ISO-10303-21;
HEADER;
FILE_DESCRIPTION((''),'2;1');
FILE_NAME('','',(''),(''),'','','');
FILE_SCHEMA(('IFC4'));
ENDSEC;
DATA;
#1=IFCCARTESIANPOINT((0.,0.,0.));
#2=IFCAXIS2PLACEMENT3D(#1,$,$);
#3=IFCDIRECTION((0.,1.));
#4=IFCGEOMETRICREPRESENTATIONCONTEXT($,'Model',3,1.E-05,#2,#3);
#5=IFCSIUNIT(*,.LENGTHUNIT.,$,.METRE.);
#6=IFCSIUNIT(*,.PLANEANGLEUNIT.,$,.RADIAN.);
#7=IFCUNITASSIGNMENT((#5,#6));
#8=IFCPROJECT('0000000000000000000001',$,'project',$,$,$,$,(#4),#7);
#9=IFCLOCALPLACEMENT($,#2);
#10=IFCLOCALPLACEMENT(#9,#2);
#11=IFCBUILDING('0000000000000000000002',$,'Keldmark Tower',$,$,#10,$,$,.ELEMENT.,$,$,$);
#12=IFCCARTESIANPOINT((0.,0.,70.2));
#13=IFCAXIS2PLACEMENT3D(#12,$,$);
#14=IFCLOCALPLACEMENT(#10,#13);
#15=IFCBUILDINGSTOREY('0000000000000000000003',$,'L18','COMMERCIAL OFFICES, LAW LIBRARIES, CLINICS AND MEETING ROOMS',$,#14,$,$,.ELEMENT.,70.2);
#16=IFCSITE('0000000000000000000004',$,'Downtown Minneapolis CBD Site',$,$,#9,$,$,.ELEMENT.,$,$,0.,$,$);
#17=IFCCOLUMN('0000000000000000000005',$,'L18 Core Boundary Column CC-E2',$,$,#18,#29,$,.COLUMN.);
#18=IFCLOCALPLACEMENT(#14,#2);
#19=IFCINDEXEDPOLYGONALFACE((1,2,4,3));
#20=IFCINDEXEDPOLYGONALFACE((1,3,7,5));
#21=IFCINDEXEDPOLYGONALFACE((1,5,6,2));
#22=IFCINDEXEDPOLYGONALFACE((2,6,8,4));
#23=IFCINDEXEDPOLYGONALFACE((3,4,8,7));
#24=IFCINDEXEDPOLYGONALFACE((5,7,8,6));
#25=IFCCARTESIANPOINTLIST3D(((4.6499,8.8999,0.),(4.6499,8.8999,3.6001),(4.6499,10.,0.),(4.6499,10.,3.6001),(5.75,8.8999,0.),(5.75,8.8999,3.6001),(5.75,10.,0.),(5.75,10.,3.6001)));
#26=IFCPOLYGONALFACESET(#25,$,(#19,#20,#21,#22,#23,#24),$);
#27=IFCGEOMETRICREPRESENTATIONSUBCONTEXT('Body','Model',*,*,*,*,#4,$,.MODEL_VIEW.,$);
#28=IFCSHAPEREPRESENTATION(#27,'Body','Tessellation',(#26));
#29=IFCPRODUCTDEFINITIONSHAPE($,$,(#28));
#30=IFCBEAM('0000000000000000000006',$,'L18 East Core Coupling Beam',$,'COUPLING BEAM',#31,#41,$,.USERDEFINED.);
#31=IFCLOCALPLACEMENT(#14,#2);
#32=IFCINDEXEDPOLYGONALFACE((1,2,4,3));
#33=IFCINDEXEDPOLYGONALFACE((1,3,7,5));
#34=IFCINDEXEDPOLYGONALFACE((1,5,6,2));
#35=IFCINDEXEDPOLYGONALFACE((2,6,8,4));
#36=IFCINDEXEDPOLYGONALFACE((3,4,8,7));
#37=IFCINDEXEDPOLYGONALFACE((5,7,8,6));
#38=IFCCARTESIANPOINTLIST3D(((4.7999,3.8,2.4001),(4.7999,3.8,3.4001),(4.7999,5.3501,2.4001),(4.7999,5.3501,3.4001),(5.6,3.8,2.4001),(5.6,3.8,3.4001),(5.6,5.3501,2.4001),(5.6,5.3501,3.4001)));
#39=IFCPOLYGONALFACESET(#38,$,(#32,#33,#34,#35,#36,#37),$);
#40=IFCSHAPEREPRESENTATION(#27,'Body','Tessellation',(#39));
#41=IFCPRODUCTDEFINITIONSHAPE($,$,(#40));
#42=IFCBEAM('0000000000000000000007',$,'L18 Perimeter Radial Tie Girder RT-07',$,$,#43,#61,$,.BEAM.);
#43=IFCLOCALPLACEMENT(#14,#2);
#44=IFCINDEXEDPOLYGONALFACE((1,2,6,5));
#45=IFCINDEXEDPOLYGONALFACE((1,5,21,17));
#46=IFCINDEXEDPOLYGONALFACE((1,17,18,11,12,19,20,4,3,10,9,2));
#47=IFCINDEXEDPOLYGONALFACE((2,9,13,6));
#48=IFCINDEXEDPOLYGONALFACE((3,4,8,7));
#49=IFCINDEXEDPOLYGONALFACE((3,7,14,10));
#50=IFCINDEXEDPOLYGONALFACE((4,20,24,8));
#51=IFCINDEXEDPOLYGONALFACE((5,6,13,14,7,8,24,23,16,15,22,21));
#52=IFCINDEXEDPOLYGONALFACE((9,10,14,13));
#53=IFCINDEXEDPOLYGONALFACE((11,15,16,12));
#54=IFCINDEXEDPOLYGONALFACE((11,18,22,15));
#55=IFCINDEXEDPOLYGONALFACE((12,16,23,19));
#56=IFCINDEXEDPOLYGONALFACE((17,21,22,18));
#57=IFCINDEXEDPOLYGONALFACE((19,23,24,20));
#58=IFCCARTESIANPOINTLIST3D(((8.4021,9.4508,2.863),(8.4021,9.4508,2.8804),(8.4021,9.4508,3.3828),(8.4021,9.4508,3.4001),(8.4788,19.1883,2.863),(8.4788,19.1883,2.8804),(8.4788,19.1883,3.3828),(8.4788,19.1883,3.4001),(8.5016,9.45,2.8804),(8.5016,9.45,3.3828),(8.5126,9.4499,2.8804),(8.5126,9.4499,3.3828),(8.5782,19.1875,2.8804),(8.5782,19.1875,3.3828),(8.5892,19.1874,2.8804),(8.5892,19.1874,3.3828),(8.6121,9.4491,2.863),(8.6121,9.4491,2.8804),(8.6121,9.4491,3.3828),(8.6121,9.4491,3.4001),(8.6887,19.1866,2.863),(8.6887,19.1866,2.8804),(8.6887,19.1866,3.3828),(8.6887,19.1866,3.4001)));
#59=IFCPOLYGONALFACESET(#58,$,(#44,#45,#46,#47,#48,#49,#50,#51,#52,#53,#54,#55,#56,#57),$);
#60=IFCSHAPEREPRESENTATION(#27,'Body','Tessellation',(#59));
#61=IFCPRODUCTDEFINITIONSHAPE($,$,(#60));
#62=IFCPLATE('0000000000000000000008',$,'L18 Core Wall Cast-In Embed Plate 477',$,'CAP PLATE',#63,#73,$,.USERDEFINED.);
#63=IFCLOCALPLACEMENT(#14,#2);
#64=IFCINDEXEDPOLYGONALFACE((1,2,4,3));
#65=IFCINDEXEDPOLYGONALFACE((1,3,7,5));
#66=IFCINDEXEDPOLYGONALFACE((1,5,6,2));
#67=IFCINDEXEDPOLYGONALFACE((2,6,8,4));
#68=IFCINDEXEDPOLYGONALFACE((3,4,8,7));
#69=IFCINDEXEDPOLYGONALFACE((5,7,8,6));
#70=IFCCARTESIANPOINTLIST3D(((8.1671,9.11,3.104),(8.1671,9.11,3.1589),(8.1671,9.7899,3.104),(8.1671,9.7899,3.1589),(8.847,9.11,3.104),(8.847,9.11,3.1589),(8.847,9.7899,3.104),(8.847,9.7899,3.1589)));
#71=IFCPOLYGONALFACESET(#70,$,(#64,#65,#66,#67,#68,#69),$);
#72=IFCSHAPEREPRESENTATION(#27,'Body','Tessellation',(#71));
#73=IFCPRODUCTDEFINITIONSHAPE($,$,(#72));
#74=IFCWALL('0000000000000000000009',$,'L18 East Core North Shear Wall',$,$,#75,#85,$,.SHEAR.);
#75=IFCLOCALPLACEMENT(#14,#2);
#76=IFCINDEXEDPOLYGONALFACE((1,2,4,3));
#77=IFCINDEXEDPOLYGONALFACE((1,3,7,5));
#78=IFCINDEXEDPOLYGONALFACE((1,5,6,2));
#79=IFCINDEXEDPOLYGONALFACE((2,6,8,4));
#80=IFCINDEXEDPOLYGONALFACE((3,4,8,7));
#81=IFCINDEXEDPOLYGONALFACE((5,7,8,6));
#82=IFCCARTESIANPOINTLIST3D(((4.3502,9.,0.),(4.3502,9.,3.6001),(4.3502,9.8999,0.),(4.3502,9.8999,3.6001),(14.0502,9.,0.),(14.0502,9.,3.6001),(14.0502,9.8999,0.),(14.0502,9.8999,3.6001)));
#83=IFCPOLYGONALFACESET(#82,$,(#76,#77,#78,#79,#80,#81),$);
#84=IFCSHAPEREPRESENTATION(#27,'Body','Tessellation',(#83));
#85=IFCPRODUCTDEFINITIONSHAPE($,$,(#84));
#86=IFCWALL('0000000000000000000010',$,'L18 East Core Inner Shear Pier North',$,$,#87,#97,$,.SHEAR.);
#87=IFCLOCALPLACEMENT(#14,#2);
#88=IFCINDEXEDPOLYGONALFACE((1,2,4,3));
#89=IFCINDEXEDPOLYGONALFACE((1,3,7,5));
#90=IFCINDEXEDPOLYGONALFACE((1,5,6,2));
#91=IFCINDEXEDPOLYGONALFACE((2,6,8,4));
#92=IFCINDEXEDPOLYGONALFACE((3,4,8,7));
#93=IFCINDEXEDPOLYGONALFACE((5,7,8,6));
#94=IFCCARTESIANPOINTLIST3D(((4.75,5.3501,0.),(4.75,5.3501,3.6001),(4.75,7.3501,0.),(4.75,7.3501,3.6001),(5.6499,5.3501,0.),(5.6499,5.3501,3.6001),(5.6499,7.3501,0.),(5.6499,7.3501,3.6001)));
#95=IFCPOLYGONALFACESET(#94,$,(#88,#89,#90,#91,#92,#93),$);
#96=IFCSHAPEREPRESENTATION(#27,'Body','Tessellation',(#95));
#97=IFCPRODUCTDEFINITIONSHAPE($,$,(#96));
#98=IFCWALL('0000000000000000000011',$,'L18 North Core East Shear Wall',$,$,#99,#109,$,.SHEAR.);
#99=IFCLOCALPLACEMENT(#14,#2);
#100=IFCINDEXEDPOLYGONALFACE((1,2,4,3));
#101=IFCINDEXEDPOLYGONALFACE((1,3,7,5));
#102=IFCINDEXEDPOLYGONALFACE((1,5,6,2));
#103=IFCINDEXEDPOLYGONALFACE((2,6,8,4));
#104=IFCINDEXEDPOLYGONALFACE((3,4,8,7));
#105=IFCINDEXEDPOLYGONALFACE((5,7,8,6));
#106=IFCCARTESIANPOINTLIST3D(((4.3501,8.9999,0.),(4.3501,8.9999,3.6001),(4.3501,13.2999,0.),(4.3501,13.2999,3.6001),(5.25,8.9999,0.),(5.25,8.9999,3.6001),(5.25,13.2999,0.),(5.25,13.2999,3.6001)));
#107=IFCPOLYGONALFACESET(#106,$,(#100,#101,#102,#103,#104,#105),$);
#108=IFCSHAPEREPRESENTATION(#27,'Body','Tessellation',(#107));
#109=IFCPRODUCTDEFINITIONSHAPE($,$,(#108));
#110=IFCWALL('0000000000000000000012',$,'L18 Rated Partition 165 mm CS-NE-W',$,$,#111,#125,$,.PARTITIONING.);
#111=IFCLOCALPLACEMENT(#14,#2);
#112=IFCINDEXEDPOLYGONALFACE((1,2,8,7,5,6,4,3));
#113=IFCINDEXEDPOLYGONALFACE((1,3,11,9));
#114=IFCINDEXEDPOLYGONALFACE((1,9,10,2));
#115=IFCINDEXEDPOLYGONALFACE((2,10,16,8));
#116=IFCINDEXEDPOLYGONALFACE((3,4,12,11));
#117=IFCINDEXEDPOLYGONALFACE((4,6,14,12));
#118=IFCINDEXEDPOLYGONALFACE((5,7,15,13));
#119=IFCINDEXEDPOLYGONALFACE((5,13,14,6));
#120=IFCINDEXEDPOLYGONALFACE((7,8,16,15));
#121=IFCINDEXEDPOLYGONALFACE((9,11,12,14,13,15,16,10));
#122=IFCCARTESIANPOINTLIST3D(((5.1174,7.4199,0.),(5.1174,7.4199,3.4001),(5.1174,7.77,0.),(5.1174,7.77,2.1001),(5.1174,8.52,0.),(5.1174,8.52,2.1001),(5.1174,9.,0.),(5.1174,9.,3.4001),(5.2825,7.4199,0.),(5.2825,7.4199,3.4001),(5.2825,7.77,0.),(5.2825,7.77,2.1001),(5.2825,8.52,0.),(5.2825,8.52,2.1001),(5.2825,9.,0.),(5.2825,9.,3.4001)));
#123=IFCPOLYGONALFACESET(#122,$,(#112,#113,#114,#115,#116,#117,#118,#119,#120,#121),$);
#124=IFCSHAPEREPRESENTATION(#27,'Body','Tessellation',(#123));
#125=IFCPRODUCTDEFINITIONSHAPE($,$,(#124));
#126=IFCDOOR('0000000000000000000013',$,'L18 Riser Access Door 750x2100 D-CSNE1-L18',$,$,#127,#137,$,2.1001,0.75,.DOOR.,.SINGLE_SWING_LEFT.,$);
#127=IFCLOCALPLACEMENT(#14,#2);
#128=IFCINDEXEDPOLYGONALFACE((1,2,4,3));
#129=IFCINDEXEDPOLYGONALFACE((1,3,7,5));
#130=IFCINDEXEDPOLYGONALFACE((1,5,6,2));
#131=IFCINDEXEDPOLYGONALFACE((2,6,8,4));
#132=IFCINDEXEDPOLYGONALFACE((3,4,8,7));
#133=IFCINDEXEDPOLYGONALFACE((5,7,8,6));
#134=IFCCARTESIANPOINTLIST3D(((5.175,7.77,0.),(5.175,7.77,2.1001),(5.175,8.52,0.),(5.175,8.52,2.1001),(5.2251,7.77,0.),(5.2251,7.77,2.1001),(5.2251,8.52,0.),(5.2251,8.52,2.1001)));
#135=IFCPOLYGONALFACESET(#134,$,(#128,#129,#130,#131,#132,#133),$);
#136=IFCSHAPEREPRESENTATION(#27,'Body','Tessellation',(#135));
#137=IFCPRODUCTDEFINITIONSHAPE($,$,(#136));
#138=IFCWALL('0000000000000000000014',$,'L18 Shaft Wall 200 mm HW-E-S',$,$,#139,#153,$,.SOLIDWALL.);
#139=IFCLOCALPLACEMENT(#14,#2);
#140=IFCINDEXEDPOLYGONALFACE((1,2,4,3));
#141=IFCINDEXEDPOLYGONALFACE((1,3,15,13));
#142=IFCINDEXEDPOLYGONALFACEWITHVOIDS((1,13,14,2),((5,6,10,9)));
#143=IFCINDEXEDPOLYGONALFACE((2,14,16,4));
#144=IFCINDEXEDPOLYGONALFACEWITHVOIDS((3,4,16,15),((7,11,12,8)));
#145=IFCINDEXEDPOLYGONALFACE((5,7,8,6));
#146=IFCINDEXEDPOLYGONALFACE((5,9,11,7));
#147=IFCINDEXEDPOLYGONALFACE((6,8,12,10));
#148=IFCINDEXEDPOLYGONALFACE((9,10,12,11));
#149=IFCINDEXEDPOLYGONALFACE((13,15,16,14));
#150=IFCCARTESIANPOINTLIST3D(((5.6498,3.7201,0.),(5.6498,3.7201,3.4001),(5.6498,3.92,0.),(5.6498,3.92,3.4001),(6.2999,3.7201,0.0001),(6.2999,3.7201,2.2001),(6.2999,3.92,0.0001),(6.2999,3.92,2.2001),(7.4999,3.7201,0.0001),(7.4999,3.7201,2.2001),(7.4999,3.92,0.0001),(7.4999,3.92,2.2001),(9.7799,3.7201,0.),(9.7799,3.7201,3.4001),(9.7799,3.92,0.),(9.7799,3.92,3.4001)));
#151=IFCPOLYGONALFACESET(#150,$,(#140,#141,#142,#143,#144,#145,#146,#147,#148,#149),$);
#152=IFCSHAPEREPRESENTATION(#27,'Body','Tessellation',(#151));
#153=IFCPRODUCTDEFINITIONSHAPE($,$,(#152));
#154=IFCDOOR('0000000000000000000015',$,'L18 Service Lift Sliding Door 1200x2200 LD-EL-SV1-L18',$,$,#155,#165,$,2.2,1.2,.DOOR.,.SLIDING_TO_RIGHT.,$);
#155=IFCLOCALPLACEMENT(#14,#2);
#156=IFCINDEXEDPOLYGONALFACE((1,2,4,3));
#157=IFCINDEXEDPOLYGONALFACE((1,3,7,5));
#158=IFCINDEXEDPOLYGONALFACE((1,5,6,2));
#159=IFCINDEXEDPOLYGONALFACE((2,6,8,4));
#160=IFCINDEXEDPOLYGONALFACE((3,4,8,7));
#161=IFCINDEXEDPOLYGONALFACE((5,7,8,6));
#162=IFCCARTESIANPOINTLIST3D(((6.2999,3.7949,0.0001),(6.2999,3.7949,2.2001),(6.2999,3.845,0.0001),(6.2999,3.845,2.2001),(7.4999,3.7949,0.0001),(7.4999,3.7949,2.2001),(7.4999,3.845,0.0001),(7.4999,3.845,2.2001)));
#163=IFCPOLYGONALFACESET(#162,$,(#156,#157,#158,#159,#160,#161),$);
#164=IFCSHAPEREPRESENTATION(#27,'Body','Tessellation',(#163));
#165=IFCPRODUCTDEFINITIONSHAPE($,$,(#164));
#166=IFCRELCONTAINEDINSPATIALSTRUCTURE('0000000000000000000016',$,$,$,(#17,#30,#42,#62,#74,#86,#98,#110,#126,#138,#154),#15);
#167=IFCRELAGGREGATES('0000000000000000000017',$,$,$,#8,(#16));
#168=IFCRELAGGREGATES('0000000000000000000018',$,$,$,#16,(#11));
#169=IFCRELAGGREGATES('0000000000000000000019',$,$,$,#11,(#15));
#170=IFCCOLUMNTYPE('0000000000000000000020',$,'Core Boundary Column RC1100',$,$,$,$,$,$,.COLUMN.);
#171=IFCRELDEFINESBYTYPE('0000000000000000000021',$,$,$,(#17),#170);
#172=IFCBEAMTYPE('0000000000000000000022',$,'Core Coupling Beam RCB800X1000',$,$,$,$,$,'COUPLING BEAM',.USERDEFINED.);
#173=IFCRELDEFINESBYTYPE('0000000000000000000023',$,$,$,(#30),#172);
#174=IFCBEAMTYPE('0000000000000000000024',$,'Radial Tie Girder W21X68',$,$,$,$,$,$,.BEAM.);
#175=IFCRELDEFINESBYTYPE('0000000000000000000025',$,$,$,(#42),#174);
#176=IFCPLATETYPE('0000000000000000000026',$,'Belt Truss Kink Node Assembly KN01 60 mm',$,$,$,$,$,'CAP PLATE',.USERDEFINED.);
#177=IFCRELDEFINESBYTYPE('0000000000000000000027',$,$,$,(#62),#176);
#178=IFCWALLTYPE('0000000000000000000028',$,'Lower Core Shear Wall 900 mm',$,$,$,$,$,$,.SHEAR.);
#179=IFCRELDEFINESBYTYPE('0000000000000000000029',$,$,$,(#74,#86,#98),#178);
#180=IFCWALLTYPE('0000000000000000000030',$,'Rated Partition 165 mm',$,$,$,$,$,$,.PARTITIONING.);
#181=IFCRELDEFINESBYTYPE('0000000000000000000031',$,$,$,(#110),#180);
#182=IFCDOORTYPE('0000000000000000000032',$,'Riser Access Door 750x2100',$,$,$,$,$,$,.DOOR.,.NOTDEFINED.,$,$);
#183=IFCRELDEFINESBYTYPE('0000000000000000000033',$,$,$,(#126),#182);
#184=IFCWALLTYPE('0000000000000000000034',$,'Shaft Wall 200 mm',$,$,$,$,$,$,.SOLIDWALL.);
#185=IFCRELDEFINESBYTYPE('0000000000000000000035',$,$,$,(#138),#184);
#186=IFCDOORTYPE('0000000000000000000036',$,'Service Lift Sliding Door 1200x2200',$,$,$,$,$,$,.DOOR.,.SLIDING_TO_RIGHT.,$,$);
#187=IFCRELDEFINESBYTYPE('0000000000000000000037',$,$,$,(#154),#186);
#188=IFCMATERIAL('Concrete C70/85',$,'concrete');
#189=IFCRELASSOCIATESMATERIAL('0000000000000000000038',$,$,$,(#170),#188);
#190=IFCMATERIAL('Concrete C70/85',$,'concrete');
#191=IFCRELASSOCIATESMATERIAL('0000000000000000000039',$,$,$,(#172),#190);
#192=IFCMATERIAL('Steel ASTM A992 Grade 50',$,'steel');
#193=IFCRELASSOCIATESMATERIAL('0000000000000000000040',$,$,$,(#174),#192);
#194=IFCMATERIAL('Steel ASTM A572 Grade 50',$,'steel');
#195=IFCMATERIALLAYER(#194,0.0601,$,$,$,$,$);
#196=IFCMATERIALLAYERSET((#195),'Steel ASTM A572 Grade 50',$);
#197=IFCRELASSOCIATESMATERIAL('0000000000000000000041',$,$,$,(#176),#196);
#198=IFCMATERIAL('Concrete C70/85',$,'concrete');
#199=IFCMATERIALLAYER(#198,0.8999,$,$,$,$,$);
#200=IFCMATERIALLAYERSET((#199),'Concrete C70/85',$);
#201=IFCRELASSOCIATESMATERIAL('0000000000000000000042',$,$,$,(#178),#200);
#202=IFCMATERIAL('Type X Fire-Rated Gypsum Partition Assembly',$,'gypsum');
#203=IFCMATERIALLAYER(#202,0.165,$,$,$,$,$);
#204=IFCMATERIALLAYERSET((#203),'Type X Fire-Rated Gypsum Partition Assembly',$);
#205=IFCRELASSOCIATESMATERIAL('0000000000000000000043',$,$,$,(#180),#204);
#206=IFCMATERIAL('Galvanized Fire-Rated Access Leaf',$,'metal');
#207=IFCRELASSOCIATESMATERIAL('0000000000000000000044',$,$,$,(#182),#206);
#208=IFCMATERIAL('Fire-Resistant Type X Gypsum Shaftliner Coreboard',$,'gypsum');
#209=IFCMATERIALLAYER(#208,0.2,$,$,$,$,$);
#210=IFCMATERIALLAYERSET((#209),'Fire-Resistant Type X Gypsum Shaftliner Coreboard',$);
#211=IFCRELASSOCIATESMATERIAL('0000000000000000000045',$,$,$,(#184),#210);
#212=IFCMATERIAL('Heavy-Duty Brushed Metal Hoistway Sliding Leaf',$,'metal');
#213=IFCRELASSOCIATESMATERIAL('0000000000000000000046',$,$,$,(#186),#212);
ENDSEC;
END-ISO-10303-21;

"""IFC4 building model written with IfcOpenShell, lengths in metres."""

from ifc_helpers import new_model, si_unit, direction, frame, frame_2d, origin, origin_2d, place, context, subcontext, project, spatial, rectangle, i_section, extrude, material, layer, layer_set, material_profile, profile_set, type_object, element, fill, save


model = new_model("IFC4")

# Units and contexts
model_context = context("Model", 3, precision=1e-05, world=origin(), true_north=direction((0.0, 1.0)))
body_context = subcontext(model_context, "Body", "Model", "MODEL_VIEW")
ifc_project = project(units=[si_unit("LENGTHUNIT", "METRE"), si_unit("PLANEANGLEUNIT", "RADIAN")], contexts=[model_context])

# Site, building, storey
site_placement = place(None, origin())
site = spatial("IfcSite", under=ifc_project, at=site_placement, Name="Downtown Minneapolis CBD Site", CompositionType="ELEMENT", RefElevation=0.0)
building_placement = place(site_placement, origin())
building = spatial("IfcBuilding", under=site, at=building_placement, Name="Keldmark Tower", CompositionType="ELEMENT")
storey_placement = place(building_placement, frame((0.0, 0.0, 70.2)))
storey = spatial("IfcBuildingStorey", under=building, at=storey_placement, Name="L18", Description="COMMERCIAL OFFICES, LAW LIBRARIES, CLINICS AND MEETING ROOMS", CompositionType="ELEMENT", Elevation=70.2)

# Column
ifc_material_1 = material(Name="Concrete C70/85", Category="concrete")
ifc_material_profile_1 = material_profile(ifc_material_1, rectangle(XDim=1.1001, YDim=1.1001, at=origin_2d()), Name="RC1100X1100")
ifc_profile_set_1 = profile_set([ifc_material_profile_1], Name="Concrete C70/85")
column_type = type_object("IfcColumnType", Name="Core Boundary Column RC1100", PredefinedType="COLUMN", material=ifc_profile_set_1)
column_placement = place(storey_placement, frame((5.2, 9.45, 0.0), z_axis=(0.0, 0.0, 1.0), x_axis=(1.0, 0.0, 0.0)))
element("IfcColumn", 1, at=column_placement, inside=storey, type_object=column_type, Name="L18 Core Boundary Column CC-E2", PredefinedType="COLUMN", context=body_context, shape_type="SweptSolid", body=[
    extrude(rectangle(XDim=1.1001, YDim=1.1001, at=origin_2d()), origin(), (0.0, 0.0, 1.0), 3.6001),
])

# Beams
ifc_material_2 = material(Name="Concrete C70/85", Category="concrete")
ifc_material_profile_2 = material_profile(ifc_material_2, rectangle(XDim=0.8, YDim=1.0, at=origin_2d()), Name="RCB800X1000")
ifc_profile_set_2 = profile_set([ifc_material_profile_2], Name="Concrete C70/85")
beam_type_1 = type_object("IfcBeamType", Name="Core Coupling Beam RCB800X1000", ElementType="COUPLING BEAM", PredefinedType="USERDEFINED", material=ifc_profile_set_2)
beam_1_placement = place(storey_placement, frame((5.2, 3.8, 2.9001), z_axis=(0.0, 1.0, 0.0), x_axis=(-1.0, 0.0, 0.0)))
element("IfcBeam", 2, at=beam_1_placement, inside=storey, type_object=beam_type_1, Name="L18 East Core Coupling Beam", ObjectType="COUPLING BEAM", PredefinedType="USERDEFINED", context=body_context, shape_type="SweptSolid", body=[
    extrude(rectangle(XDim=0.8, YDim=1.0, at=origin_2d()), origin(), (0.0, 0.0, 1.0), 1.55),
])
ifc_material_3 = material(Name="Steel ASTM A992 Grade 50", Category="steel")
ifc_material_profile_3 = material_profile(ifc_material_3, i_section(OverallWidth=0.21, OverallDepth=0.5371, WebThickness=0.011, FlangeThickness=0.0173, at=origin_2d()), Name="W21X68")
ifc_profile_set_3 = profile_set([ifc_material_profile_3], Name="Steel ASTM A992 Grade 50")
beam_type_2 = type_object("IfcBeamType", Name="Radial Tie Girder W21X68", PredefinedType="BEAM", material=ifc_profile_set_3)
beam_2_placement = place(storey_placement, frame((8.5071, 9.45, 3.1316), z_axis=(0.007872, 0.999969, 0.0), x_axis=(-0.999969, 0.007872, 0.0)))
element("IfcBeam", 3, at=beam_2_placement, inside=storey, type_object=beam_type_2, Name="L18 Perimeter Radial Tie Girder RT-07", PredefinedType="BEAM", context=body_context, shape_type="SweptSolid", body=[
    extrude(i_section(OverallWidth=0.21, OverallDepth=0.5371, WebThickness=0.011, FlangeThickness=0.0173, at=origin_2d()), origin(), (0.0, 0.0, 1.0), 9.7378),
])

# Plate
ifc_material_4 = material(Name="Steel ASTM A572 Grade 50", Category="steel")
ifc_layer_1 = layer(ifc_material_4, 0.0601)
ifc_layer_set_1 = layer_set([ifc_layer_1], Name="Steel ASTM A572 Grade 50")
plate_type = type_object("IfcPlateType", Name="Belt Truss Kink Node Assembly KN01 60 mm", ElementType="CAP PLATE", PredefinedType="USERDEFINED", material=ifc_layer_set_1)
plate_placement = place(storey_placement, frame((8.5071, 9.45, 3.104), z_axis=(0.0, 0.0, 1.0), x_axis=(1.0, 0.0, 0.0)))
element("IfcPlate", 4, at=plate_placement, inside=storey, type_object=plate_type, Name="L18 Core Wall Cast-In Embed Plate 477", ObjectType="CAP PLATE", PredefinedType="USERDEFINED", context=body_context, shape_type="SweptSolid", body=[
    extrude(rectangle(XDim=0.6799, YDim=0.6799, at=origin_2d()), origin(), (0.0, 0.0, 1.0), 0.0549),
])

# Walls
ifc_material_5 = material(Name="Concrete C70/85", Category="concrete")
ifc_layer_2 = layer(ifc_material_5, 0.8999)
ifc_layer_set_2 = layer_set([ifc_layer_2], Name="Concrete C70/85")
wall_type_1 = type_object("IfcWallType", Name="Lower Core Shear Wall 900 mm", PredefinedType="SHEAR", material=ifc_layer_set_2)
wall_1_placement = place(storey_placement, frame((4.3501, 9.45, 0.0), z_axis=(0.0, 0.0, 1.0), x_axis=(1.0, 0.0, 0.0)))
element("IfcWall", 5, at=wall_1_placement, inside=storey, type_object=wall_type_1, Name="L18 East Core North Shear Wall", PredefinedType="SHEAR", context=body_context, shape_type="SweptSolid", body=[
    extrude(rectangle(XDim=9.7, YDim=0.8999, at=frame_2d((4.8501, 0.0))), origin(), (0.0, 0.0, 1.0), 3.6001),
])
wall_2_placement = place(storey_placement, frame((5.2, 5.3501, 0.0), z_axis=(0.0, 0.0, 1.0), x_axis=(0.0, 1.0, 0.0)))
element("IfcWall", 6, at=wall_2_placement, inside=storey, type_object=wall_type_1, Name="L18 East Core Inner Shear Pier North", PredefinedType="SHEAR", context=body_context, shape_type="SweptSolid", body=[
    extrude(rectangle(XDim=2.0, YDim=0.8999, at=frame_2d((1.0, 0.0))), origin(), (0.0, 0.0, 1.0), 3.6001),
])
wall_3_placement = place(storey_placement, frame((4.8, 9.0, 0.0), z_axis=(0.0, 0.0, 1.0), x_axis=(0.0, 1.0, 0.0)))
element("IfcWall", 7, at=wall_3_placement, inside=storey, type_object=wall_type_1, Name="L18 North Core East Shear Wall", PredefinedType="SHEAR", context=body_context, shape_type="SweptSolid", body=[
    extrude(rectangle(XDim=4.3, YDim=0.8999, at=frame_2d((2.1499, 0.0))), origin(), (0.0, 0.0, 1.0), 3.6001),
])

# Walls, openings, doors
ifc_material_6 = material(Name="Type X Fire-Rated Gypsum Partition Assembly", Category="gypsum")
ifc_layer_3 = layer(ifc_material_6, 0.165)
ifc_layer_set_3 = layer_set([ifc_layer_3], Name="Type X Fire-Rated Gypsum Partition Assembly")
wall_type_2 = type_object("IfcWallType", Name="Rated Partition 165 mm", PredefinedType="PARTITIONING", material=ifc_layer_set_3)
wall_4_placement = place(storey_placement, frame((5.2, 7.4199, 0.0), z_axis=(0.0, 0.0, 1.0), x_axis=(0.0, 1.0, 0.0)))
wall_4 = element("IfcWall", 8, at=wall_4_placement, inside=storey, type_object=wall_type_2, Name="L18 Rated Partition 165 mm CS-NE-W", PredefinedType="PARTITIONING", context=body_context, shape_type="SweptSolid", body=[
    extrude(rectangle(XDim=1.5801, YDim=0.165, at=frame_2d((0.79, 0.0))), origin(), (0.0, 0.0, 1.0), 3.4001),
])
opening_1_placement = place(wall_4_placement, frame((0.3501, 0.0, 0.0)))
opening_1 = element("IfcOpeningElement", 9, at=opening_1_placement, cuts=wall_4, PredefinedType="OPENING", context=body_context, shape_type="SweptSolid", body=[
    extrude(rectangle(XDim=0.75, YDim=2.1001, at=frame_2d((0.375, 1.05))), frame((0.0, 0.0925, 0.0), z_axis=(0.0, -1.0, 0.0), x_axis=(1.0, 0.0, 0.0)), (0.0, 0.0, 1.0), 0.1851),
])
ifc_material_7 = material(Name="Galvanized Fire-Rated Access Leaf", Category="metal")
door_type_1 = type_object("IfcDoorType", Name="Riser Access Door 750x2100", OperationType="NOTDEFINED", PredefinedType="DOOR", material=ifc_material_7)
door_1_placement = place(opening_1_placement, origin())
door_1 = element("IfcDoor", 10, at=door_1_placement, inside=storey, type_object=door_type_1, Name="L18 Riser Access Door 750x2100 D-CSNE1-L18", OperationType="SINGLE_SWING_LEFT", OverallHeight=2.1001, OverallWidth=0.75, PredefinedType="DOOR", context=body_context, shape_type="SweptSolid", body=[
    extrude(rectangle(XDim=0.75, YDim=2.1001, at=frame_2d((0.375, 1.05))), frame((0.0, 0.0249, 0.0), z_axis=(0.0, -1.0, 0.0), x_axis=(1.0, 0.0, 0.0)), (0.0, 0.0, 1.0), 0.05),
])
fill(opening_1, door_1)
ifc_material_8 = material(Name="Fire-Resistant Type X Gypsum Shaftliner Coreboard", Category="gypsum")
ifc_layer_4 = layer(ifc_material_8, 0.2)
ifc_layer_set_4 = layer_set([ifc_layer_4], Name="Fire-Resistant Type X Gypsum Shaftliner Coreboard")
wall_type_3 = type_object("IfcWallType", Name="Shaft Wall 200 mm", PredefinedType="SOLIDWALL", material=ifc_layer_set_4)
wall_5_placement = place(storey_placement, frame((5.6499, 3.8201, 0.0), z_axis=(0.0, 0.0, 1.0), x_axis=(1.0, 0.0, 0.0)))
wall_5 = element("IfcWall", 11, at=wall_5_placement, inside=storey, type_object=wall_type_3, Name="L18 Shaft Wall 200 mm HW-E-S", PredefinedType="SOLIDWALL", context=body_context, shape_type="SweptSolid", body=[
    extrude(rectangle(XDim=4.1301, YDim=0.2, at=frame_2d((2.0649, 0.0))), origin(), (0.0, 0.0, 1.0), 3.4001),
])
opening_2_placement = place(wall_5_placement, frame((0.6499, 0.0, 0.0)))
opening_2 = element("IfcOpeningElement", 12, at=opening_2_placement, cuts=wall_5, PredefinedType="OPENING", context=body_context, shape_type="SweptSolid", body=[
    extrude(rectangle(XDim=1.2, YDim=2.2, at=frame_2d((0.6001, 1.1001))), frame((0.0, 0.1099, 0.0), z_axis=(0.0, -1.0, 0.0), x_axis=(1.0, 0.0, 0.0)), (0.0, 0.0, 1.0), 0.22),
])
ifc_material_9 = material(Name="Heavy-Duty Brushed Metal Hoistway Sliding Leaf", Category="metal")
door_type_2 = type_object("IfcDoorType", Name="Service Lift Sliding Door 1200x2200", OperationType="SLIDING_TO_RIGHT", PredefinedType="DOOR", material=ifc_material_9)
door_2_placement = place(opening_2_placement, origin())
door_2 = element("IfcDoor", 13, at=door_2_placement, inside=storey, type_object=door_type_2, Name="L18 Service Lift Sliding Door 1200x2200 LD-EL-SV1-L18", OperationType="SLIDING_TO_RIGHT", OverallHeight=2.2, OverallWidth=1.2, PredefinedType="DOOR", context=body_context, shape_type="SweptSolid", body=[
    extrude(rectangle(XDim=1.2, YDim=2.2, at=frame_2d((0.6001, 1.1001))), frame((0.0, 0.0249, 0.0), z_axis=(0.0, -1.0, 0.0), x_axis=(1.0, 0.0, 0.0)), (0.0, 0.0, 1.0), 0.05),
])
fill(opening_2, door_2)

save(model, "model.ifc")
